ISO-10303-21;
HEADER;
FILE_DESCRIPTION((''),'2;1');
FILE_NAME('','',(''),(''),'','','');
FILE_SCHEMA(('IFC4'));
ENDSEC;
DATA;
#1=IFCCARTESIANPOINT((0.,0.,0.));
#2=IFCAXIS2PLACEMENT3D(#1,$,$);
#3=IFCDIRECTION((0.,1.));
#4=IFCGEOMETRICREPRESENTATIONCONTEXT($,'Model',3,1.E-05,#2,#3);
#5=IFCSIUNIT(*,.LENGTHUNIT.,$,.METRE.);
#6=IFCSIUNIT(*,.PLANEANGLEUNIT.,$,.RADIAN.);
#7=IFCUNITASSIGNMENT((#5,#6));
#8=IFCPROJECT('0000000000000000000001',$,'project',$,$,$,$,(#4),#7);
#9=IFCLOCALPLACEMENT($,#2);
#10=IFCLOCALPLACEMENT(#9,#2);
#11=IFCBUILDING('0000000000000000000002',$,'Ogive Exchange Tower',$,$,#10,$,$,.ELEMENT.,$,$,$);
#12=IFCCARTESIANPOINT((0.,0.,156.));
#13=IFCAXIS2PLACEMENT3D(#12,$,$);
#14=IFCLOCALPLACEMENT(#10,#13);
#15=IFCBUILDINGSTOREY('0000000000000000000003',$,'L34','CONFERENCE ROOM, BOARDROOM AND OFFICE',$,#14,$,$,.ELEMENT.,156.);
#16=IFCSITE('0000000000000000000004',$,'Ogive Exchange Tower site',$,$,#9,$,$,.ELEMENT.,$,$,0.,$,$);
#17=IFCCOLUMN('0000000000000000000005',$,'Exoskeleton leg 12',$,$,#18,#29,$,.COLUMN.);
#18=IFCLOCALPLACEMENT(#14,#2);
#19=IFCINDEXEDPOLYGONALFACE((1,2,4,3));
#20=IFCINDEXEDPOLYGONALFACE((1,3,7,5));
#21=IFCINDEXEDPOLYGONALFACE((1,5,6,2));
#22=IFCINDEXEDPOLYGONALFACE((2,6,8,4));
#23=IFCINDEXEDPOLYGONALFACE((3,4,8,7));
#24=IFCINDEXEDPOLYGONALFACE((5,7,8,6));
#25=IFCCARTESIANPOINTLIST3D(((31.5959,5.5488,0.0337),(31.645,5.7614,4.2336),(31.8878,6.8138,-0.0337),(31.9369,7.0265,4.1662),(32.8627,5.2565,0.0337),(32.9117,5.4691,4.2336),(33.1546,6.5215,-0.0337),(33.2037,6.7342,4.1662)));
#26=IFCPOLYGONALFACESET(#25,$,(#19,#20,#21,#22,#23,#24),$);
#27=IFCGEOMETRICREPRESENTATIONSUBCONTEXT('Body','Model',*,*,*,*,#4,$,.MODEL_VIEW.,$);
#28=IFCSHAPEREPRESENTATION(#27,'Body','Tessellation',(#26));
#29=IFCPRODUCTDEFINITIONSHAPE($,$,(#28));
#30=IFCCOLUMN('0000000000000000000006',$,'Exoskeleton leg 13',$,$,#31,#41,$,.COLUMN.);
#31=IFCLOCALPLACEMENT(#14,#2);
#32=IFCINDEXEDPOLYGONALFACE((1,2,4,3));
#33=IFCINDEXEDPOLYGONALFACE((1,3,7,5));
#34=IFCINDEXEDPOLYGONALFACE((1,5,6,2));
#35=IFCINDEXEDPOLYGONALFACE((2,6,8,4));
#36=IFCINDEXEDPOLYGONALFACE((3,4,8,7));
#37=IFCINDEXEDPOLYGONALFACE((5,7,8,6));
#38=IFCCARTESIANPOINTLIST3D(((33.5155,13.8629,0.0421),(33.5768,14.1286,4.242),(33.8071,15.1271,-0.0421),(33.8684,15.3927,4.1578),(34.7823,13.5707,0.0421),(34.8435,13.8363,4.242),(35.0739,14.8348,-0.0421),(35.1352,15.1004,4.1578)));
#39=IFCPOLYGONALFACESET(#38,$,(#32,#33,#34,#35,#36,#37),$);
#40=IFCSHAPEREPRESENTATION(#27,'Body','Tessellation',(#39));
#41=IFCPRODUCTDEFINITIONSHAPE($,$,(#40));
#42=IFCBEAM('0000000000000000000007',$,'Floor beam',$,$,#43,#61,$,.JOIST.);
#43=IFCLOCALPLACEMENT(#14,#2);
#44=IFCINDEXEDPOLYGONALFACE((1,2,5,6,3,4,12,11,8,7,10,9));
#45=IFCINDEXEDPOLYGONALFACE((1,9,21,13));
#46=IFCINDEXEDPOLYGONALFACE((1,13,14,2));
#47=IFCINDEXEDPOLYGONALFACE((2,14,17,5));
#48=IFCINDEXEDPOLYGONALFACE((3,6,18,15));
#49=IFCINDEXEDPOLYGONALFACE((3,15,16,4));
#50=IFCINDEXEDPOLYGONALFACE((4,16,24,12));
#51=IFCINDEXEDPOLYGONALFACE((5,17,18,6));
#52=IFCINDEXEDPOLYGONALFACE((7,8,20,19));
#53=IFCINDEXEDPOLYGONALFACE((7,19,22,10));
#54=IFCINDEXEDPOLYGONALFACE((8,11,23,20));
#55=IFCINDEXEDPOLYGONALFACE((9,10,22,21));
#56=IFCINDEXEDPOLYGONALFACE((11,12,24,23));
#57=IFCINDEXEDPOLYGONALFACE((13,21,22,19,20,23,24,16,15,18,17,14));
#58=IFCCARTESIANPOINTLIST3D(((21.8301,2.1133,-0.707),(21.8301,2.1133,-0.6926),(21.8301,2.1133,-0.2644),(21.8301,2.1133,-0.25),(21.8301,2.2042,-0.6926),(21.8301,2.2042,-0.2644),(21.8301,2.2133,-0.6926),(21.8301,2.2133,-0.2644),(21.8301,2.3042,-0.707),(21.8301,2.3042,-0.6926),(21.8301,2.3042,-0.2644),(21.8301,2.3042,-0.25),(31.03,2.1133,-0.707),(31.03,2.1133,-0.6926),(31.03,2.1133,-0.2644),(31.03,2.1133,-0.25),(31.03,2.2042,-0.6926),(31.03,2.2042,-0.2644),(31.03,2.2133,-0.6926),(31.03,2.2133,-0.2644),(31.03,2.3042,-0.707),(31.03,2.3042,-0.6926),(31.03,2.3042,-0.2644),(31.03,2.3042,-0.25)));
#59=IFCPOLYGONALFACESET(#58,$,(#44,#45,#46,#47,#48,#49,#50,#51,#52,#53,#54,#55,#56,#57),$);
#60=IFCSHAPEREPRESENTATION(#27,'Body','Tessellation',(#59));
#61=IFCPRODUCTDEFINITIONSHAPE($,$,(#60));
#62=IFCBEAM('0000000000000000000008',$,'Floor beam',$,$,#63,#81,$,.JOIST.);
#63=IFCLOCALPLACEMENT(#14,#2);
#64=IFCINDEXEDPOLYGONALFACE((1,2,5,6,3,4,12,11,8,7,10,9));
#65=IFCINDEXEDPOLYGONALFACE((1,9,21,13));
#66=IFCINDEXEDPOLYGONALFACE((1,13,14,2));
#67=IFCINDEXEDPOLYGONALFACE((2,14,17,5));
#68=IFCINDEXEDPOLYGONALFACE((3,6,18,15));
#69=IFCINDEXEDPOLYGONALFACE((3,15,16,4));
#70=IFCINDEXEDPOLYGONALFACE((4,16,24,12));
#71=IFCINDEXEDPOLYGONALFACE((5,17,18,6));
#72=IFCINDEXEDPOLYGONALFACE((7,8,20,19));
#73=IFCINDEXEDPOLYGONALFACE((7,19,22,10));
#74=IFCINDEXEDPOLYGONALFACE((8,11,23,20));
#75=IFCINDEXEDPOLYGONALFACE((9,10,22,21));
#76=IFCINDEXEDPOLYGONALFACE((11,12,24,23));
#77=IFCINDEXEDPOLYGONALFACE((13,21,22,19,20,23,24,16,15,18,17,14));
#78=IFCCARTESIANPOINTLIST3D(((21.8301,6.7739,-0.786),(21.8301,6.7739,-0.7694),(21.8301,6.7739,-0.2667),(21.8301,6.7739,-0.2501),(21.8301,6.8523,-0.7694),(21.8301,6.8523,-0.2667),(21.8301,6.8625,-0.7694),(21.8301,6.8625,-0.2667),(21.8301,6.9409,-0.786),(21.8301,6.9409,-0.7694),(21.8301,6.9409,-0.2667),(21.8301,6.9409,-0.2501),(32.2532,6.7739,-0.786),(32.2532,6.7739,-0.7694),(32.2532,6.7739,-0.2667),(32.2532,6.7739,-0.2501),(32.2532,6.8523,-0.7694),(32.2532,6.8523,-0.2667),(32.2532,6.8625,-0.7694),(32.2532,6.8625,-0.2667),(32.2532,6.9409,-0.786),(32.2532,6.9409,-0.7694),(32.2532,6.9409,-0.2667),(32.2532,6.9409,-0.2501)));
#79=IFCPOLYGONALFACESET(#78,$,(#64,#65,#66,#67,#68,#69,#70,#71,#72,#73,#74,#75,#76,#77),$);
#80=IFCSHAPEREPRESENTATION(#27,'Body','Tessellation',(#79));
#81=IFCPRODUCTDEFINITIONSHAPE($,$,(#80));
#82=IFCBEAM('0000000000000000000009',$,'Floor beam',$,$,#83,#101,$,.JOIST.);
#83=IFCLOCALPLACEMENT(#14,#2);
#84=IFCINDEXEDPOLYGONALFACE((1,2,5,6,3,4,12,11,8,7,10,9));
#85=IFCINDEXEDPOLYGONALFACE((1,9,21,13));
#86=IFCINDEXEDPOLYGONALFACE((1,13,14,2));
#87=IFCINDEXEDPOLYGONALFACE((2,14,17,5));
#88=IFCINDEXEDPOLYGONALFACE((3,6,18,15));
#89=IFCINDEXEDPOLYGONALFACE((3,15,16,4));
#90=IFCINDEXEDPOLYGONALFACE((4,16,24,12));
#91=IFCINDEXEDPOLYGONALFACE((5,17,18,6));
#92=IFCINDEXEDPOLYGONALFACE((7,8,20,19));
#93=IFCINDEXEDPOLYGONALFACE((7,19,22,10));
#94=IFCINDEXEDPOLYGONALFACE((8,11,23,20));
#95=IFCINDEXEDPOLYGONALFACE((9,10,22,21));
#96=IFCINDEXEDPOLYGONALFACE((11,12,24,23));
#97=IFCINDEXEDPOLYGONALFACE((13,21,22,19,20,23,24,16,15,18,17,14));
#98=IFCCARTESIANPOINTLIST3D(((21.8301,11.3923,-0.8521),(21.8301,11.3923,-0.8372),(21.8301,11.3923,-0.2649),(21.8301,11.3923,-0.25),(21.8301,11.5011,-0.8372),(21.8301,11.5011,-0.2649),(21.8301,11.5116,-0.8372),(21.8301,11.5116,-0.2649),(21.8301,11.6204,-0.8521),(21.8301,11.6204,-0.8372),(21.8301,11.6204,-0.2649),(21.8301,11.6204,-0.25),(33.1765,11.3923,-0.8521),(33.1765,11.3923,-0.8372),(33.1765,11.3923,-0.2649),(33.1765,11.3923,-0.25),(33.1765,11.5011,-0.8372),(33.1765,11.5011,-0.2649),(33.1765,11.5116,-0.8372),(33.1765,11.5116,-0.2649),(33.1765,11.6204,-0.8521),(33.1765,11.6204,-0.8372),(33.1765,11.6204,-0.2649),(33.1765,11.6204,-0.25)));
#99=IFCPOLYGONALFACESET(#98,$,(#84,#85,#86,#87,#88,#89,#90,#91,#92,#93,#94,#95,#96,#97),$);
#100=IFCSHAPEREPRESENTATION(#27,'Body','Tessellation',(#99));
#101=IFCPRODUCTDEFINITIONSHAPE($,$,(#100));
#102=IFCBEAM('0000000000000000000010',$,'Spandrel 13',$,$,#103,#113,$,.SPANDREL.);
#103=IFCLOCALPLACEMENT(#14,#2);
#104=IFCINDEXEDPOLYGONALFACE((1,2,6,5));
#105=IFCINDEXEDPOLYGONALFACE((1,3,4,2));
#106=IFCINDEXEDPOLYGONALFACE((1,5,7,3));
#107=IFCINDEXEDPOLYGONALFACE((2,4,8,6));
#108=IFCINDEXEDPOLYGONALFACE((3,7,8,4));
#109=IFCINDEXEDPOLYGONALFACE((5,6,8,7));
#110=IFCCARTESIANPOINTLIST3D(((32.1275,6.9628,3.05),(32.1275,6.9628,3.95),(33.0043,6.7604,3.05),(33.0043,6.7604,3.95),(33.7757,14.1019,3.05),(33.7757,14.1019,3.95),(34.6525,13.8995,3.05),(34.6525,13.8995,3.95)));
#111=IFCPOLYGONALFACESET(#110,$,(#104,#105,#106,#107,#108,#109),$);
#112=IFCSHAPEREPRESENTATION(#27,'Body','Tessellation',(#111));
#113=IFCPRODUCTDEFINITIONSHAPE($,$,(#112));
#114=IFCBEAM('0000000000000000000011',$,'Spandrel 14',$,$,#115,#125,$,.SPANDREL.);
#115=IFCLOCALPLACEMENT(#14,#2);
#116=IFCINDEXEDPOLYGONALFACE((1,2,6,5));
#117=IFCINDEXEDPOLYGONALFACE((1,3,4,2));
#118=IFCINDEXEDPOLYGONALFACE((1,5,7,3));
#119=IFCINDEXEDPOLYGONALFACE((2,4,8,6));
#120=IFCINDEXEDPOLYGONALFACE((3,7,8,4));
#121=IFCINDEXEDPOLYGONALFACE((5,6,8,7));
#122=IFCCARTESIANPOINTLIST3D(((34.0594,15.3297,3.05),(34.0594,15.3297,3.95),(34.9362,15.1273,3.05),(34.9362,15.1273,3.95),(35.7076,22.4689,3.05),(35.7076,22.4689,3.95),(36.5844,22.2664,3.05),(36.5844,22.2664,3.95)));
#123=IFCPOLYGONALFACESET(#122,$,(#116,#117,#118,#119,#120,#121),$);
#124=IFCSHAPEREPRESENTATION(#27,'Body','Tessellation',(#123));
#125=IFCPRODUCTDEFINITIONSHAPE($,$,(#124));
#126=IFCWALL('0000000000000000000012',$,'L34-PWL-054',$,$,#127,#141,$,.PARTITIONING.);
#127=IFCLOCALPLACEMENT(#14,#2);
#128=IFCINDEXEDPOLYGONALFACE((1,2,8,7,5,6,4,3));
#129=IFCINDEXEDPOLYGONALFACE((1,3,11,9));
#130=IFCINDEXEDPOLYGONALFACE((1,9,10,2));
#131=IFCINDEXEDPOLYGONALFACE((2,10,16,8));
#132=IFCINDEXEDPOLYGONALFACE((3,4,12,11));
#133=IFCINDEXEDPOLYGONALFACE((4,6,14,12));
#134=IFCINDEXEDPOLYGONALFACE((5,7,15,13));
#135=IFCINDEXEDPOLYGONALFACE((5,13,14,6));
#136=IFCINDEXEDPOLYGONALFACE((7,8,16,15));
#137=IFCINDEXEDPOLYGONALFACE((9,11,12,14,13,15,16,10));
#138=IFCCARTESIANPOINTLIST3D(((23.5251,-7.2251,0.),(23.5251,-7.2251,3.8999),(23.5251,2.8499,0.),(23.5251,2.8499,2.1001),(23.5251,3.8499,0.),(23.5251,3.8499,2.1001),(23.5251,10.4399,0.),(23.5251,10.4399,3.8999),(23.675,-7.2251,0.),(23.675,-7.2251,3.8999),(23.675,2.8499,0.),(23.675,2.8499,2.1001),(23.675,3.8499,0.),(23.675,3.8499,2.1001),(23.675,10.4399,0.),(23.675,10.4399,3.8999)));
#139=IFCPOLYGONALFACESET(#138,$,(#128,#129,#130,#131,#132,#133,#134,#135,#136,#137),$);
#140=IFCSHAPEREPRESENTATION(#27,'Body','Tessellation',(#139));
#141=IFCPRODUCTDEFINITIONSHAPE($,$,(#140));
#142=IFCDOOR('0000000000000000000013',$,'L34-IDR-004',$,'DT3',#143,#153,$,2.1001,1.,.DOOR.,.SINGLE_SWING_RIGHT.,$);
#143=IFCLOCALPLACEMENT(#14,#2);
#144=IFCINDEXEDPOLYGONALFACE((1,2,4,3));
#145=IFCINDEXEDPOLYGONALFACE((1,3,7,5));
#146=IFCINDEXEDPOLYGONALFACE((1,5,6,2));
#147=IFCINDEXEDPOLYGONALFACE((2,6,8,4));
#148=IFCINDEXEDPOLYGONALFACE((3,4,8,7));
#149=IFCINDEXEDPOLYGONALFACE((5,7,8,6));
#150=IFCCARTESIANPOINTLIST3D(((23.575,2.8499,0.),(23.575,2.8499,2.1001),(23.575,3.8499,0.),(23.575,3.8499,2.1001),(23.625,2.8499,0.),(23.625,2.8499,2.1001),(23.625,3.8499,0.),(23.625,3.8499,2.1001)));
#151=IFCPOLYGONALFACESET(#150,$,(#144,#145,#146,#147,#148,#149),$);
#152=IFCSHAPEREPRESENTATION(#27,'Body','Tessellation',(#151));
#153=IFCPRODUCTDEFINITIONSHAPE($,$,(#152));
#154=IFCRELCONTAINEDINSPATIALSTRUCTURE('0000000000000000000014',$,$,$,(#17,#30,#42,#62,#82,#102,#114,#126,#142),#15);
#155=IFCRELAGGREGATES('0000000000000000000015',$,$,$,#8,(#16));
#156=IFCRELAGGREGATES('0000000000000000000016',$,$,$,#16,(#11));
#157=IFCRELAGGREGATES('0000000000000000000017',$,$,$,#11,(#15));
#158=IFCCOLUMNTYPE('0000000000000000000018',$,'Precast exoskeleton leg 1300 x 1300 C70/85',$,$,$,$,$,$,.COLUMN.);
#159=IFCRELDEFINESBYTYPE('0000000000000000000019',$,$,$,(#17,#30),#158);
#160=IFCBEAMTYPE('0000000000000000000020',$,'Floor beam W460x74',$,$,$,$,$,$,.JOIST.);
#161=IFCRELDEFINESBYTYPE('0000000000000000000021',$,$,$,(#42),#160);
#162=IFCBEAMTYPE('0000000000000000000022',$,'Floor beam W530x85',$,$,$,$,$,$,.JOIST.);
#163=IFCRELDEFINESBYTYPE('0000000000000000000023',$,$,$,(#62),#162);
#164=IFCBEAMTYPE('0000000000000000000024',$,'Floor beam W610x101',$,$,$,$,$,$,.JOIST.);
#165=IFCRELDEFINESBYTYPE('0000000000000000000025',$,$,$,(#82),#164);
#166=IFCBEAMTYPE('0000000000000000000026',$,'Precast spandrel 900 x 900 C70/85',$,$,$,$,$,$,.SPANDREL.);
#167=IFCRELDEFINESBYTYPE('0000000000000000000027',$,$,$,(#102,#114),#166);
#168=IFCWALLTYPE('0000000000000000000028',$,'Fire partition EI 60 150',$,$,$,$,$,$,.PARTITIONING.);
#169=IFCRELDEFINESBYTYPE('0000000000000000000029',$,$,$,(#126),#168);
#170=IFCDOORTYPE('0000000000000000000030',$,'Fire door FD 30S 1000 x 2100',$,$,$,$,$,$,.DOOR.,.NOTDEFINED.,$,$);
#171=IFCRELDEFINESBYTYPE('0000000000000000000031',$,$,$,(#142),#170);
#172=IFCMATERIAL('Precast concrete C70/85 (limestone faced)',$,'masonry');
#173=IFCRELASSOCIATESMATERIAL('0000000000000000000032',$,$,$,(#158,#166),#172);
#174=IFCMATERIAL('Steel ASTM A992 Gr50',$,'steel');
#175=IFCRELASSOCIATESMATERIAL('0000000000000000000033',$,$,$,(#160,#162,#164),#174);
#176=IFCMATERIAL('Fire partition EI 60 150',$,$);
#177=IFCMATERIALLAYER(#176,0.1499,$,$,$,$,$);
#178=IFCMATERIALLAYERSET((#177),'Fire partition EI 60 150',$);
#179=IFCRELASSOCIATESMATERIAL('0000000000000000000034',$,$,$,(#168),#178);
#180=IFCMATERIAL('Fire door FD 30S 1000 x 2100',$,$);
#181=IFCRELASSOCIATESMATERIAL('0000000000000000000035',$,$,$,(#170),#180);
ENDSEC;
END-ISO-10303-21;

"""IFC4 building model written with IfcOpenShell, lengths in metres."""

from ifc_helpers import new_model, si_unit, direction, frame, frame_2d, origin, origin_2d, place, context, subcontext, project, spatial, rectangle, i_section, extrude, material, layer, layer_set, material_profile, profile_set, type_object, element, fill, save


model = new_model("IFC4")

# Units and contexts
model_context = context("Model", 3, precision=1e-05, world=origin(), true_north=direction((0.0, 1.0)))
body_context = subcontext(model_context, "Body", "Model", "MODEL_VIEW")
ifc_project = project(units=[si_unit("LENGTHUNIT", "METRE"), si_unit("PLANEANGLEUNIT", "RADIAN")], contexts=[model_context])

# Site, building, storey
site_placement = place(None, origin())
site = spatial("IfcSite", under=ifc_project, at=site_placement, Name="Ogive Exchange Tower site", CompositionType="ELEMENT", RefElevation=0.0)
building_placement = place(site_placement, origin())
building = spatial("IfcBuilding", under=site, at=building_placement, Name="Ogive Exchange Tower", CompositionType="ELEMENT")
storey_placement = place(building_placement, frame((0.0, 0.0, 156.0)))
storey = spatial("IfcBuildingStorey", under=building, at=storey_placement, Name="L34", Description="CONFERENCE ROOM, BOARDROOM AND OFFICE", CompositionType="ELEMENT", Elevation=156.0)

# Columns
ifc_material_1 = material(Name="Precast concrete C70/85 (limestone faced)", Category="masonry")
ifc_material_profile_1 = material_profile(ifc_material_1, rectangle(XDim=1.3, YDim=1.3, at=origin_2d()), Name="1300 x 1300")
ifc_profile_set_1 = profile_set([ifc_material_profile_1], Name="Precast concrete C70/85 (limestone faced)")
column_type = type_object("IfcColumnType", Name="Precast exoskeleton leg 1300 x 1300 C70/85", PredefinedType="COLUMN", material=ifc_profile_set_1)
column_1_placement = place(storey_placement, frame((32.3752, 6.0352, 0.0), z_axis=(0.011668, 0.050562, 0.998653), x_axis=(-0.974391, 0.22486, 0.0)))
element("IfcColumn", 1, at=column_1_placement, inside=storey, type_object=column_type, Name="Exoskeleton leg 12", PredefinedType="COLUMN", context=body_context, shape_type="SweptSolid", body=[
    extrude(rectangle(XDim=1.3, YDim=1.3, at=origin_2d()), origin(), (0.0, 0.0, 1.0), 4.2056),
])
column_2_placement = place(storey_placement, frame((34.2947, 14.3489, 0.0), z_axis=(0.01456, 0.063112, 0.9979), x_axis=(-0.974406, 0.224794, 0.0)))
element("IfcColumn", 2, at=column_2_placement, inside=storey, type_object=column_type, Name="Exoskeleton leg 13", PredefinedType="COLUMN", context=body_context, shape_type="SweptSolid", body=[
    extrude(rectangle(XDim=1.3, YDim=1.3, at=origin_2d()), origin(), (0.0, 0.0, 1.0), 4.2087),
])

# Beams
ifc_material_2 = material(Name="Steel ASTM A992 Gr50", Category="steel")
ifc_material_profile_2 = material_profile(ifc_material_2, i_section(OverallWidth=0.1909, OverallDepth=0.457, WebThickness=0.009, FlangeThickness=0.0144, at=origin_2d()), Name="W460x74")
ifc_profile_set_2 = profile_set([ifc_material_profile_2], Name="Steel ASTM A992 Gr50")
beam_type_1 = type_object("IfcBeamType", Name="Floor beam W460x74", PredefinedType="JOIST", material=ifc_profile_set_2)
beam_1_placement = place(storey_placement, frame((21.8301, 2.2087, -0.4785), z_axis=(1.0, 0.0, 0.0), x_axis=(0.0, 1.0, 0.0)))
element("IfcBeam", 3, at=beam_1_placement, inside=storey, type_object=beam_type_1, Name="Floor beam", PredefinedType="JOIST", context=body_context, shape_type="SweptSolid", body=[
    extrude(i_section(OverallWidth=0.1909, OverallDepth=0.457, WebThickness=0.009, FlangeThickness=0.0144, at=origin_2d()), origin(), (0.0, 0.0, 1.0), 9.2),
])
ifc_material_profile_3 = material_profile(ifc_material_2, i_section(OverallWidth=0.167, OverallDepth=0.5359, WebThickness=0.0103, FlangeThickness=0.0166, at=origin_2d()), Name="W530x85")
ifc_profile_set_3 = profile_set([ifc_material_profile_3], Name="Steel ASTM A992 Gr50")
beam_type_2 = type_object("IfcBeamType", Name="Floor beam W530x85", PredefinedType="JOIST", material=ifc_profile_set_3)
beam_2_placement = place(storey_placement, frame((21.8301, 6.8574, -0.5181), z_axis=(1.0, 0.0, 0.0), x_axis=(0.0, 1.0, 0.0)))
element("IfcBeam", 4, at=beam_2_placement, inside=storey, type_object=beam_type_2, Name="Floor beam", PredefinedType="JOIST", context=body_context, shape_type="SweptSolid", body=[
    extrude(i_section(OverallWidth=0.167, OverallDepth=0.5359, WebThickness=0.0103, FlangeThickness=0.0166, at=origin_2d()), origin(), (0.0, 0.0, 1.0), 10.4231),
])
ifc_material_profile_4 = material_profile(ifc_material_2, i_section(OverallWidth=0.228, OverallDepth=0.6021, WebThickness=0.0105, FlangeThickness=0.0149, at=origin_2d()), Name="W610x101")
ifc_profile_set_4 = profile_set([ifc_material_profile_4], Name="Steel ASTM A992 Gr50")
beam_type_3 = type_object("IfcBeamType", Name="Floor beam W610x101", PredefinedType="JOIST", material=ifc_profile_set_4)
beam_3_placement = place(storey_placement, frame((21.8301, 11.5063, -0.551), z_axis=(1.0, 0.0, 0.0), x_axis=(0.0, 1.0, 0.0)))
element("IfcBeam", 5, at=beam_3_placement, inside=storey, type_object=beam_type_3, Name="Floor beam", PredefinedType="JOIST", context=body_context, shape_type="SweptSolid", body=[
    extrude(i_section(OverallWidth=0.228, OverallDepth=0.6021, WebThickness=0.0105, FlangeThickness=0.0149, at=origin_2d()), origin(), (0.0, 0.0, 1.0), 11.3464),
])
ifc_material_profile_5 = material_profile(ifc_material_1, rectangle(XDim=0.8999, YDim=0.8999, at=origin_2d()), Name="900 x 900")
ifc_profile_set_5 = profile_set([ifc_material_profile_5], Name="Precast concrete C70/85 (limestone faced)")
beam_type_4 = type_object("IfcBeamType", Name="Precast spandrel 900 x 900 C70/85", PredefinedType="SPANDREL", material=ifc_profile_set_5)
for number, where, z_axis, x_axis, name in (
    (6, (32.5659, 6.8616, 3.5), (0.22495, 0.97437, 0.0), (-0.97437, 0.22495, 0.0), "Spandrel 13"),
    (7, (34.4978, 15.2285, 3.5), (0.22495, 0.97437, 0.0), (-0.97437, 0.22495, 0.0), "Spandrel 14"),
):
    element("IfcBeam", number, at=place(storey_placement, frame(where, z_axis=z_axis, x_axis=x_axis)), inside=storey, type_object=beam_type_4, Name=name, PredefinedType="SPANDREL", context=body_context, shape_type="SweptSolid", body=[
        extrude(rectangle(XDim=0.8999, YDim=0.8999, at=origin_2d()), origin(), (0.0, 0.0, 1.0), 7.3269),
    ])

# Wall, opening, door
ifc_material_3 = material(Name="Fire partition EI 60 150")
ifc_layer_1 = layer(ifc_material_3, 0.1499)
ifc_layer_set_1 = layer_set([ifc_layer_1], Name="Fire partition EI 60 150")
wall_type_1 = type_object("IfcWallType", Name="Fire partition EI 60 150", PredefinedType="PARTITIONING", material=ifc_layer_set_1)
wall_1_placement = place(storey_placement, frame((23.6001, 10.4399, 0.0), z_axis=(0.0, 0.0, 1.0), x_axis=(0.0, -1.0, 0.0)))
wall_1 = element("IfcWall", 8, at=wall_1_placement, inside=storey, type_object=wall_type_1, Name="L34-PWL-054", PredefinedType="PARTITIONING", context=body_context, shape_type="SweptSolid", body=[
    extrude(rectangle(XDim=17.665, YDim=0.1499, at=frame_2d((8.8325, 0.0))), origin(), (0.0, 0.0, 1.0), 3.8999),
])
opening_1_placement = place(wall_1_placement, frame((6.5901, 0.0, 0.0)))
opening_1 = element("IfcOpeningElement", 9, at=opening_1_placement, cuts=wall_1, PredefinedType="OPENING", context=body_context, shape_type="SweptSolid", body=[
    extrude(rectangle(XDim=1.0, YDim=2.1001, at=frame_2d((0.5, 1.05))), frame((0.0, 0.085, 0.0), z_axis=(0.0, -1.0, 0.0), x_axis=(1.0, 0.0, 0.0)), (0.0, 0.0, 1.0), 0.1699),
])
ifc_material_4 = material(Name="Fire door FD 30S 1000 x 2100")
door_type_1 = type_object("IfcDoorType", Name="Fire door FD 30S 1000 x 2100", OperationType="NOTDEFINED", PredefinedType="DOOR", material=ifc_material_4)
door_1_placement = place(opening_1_placement, origin())
door_1 = element("IfcDoor", 10, at=door_1_placement, inside=storey, type_object=door_type_1, Name="L34-IDR-004", ObjectType="DT3", OperationType="SINGLE_SWING_RIGHT", OverallHeight=2.1001, OverallWidth=1.0, PredefinedType="DOOR", context=body_context, shape_type="SweptSolid", body=[
    extrude(rectangle(XDim=1.0, YDim=2.1001, at=frame_2d((0.5, 1.05))), frame((0.0, 0.0249, 0.0), z_axis=(0.0, -1.0, 0.0), x_axis=(1.0, 0.0, 0.0)), (0.0, 0.0, 1.0), 0.05),
])
fill(opening_1, door_1)

save(model, "model.ifc")
